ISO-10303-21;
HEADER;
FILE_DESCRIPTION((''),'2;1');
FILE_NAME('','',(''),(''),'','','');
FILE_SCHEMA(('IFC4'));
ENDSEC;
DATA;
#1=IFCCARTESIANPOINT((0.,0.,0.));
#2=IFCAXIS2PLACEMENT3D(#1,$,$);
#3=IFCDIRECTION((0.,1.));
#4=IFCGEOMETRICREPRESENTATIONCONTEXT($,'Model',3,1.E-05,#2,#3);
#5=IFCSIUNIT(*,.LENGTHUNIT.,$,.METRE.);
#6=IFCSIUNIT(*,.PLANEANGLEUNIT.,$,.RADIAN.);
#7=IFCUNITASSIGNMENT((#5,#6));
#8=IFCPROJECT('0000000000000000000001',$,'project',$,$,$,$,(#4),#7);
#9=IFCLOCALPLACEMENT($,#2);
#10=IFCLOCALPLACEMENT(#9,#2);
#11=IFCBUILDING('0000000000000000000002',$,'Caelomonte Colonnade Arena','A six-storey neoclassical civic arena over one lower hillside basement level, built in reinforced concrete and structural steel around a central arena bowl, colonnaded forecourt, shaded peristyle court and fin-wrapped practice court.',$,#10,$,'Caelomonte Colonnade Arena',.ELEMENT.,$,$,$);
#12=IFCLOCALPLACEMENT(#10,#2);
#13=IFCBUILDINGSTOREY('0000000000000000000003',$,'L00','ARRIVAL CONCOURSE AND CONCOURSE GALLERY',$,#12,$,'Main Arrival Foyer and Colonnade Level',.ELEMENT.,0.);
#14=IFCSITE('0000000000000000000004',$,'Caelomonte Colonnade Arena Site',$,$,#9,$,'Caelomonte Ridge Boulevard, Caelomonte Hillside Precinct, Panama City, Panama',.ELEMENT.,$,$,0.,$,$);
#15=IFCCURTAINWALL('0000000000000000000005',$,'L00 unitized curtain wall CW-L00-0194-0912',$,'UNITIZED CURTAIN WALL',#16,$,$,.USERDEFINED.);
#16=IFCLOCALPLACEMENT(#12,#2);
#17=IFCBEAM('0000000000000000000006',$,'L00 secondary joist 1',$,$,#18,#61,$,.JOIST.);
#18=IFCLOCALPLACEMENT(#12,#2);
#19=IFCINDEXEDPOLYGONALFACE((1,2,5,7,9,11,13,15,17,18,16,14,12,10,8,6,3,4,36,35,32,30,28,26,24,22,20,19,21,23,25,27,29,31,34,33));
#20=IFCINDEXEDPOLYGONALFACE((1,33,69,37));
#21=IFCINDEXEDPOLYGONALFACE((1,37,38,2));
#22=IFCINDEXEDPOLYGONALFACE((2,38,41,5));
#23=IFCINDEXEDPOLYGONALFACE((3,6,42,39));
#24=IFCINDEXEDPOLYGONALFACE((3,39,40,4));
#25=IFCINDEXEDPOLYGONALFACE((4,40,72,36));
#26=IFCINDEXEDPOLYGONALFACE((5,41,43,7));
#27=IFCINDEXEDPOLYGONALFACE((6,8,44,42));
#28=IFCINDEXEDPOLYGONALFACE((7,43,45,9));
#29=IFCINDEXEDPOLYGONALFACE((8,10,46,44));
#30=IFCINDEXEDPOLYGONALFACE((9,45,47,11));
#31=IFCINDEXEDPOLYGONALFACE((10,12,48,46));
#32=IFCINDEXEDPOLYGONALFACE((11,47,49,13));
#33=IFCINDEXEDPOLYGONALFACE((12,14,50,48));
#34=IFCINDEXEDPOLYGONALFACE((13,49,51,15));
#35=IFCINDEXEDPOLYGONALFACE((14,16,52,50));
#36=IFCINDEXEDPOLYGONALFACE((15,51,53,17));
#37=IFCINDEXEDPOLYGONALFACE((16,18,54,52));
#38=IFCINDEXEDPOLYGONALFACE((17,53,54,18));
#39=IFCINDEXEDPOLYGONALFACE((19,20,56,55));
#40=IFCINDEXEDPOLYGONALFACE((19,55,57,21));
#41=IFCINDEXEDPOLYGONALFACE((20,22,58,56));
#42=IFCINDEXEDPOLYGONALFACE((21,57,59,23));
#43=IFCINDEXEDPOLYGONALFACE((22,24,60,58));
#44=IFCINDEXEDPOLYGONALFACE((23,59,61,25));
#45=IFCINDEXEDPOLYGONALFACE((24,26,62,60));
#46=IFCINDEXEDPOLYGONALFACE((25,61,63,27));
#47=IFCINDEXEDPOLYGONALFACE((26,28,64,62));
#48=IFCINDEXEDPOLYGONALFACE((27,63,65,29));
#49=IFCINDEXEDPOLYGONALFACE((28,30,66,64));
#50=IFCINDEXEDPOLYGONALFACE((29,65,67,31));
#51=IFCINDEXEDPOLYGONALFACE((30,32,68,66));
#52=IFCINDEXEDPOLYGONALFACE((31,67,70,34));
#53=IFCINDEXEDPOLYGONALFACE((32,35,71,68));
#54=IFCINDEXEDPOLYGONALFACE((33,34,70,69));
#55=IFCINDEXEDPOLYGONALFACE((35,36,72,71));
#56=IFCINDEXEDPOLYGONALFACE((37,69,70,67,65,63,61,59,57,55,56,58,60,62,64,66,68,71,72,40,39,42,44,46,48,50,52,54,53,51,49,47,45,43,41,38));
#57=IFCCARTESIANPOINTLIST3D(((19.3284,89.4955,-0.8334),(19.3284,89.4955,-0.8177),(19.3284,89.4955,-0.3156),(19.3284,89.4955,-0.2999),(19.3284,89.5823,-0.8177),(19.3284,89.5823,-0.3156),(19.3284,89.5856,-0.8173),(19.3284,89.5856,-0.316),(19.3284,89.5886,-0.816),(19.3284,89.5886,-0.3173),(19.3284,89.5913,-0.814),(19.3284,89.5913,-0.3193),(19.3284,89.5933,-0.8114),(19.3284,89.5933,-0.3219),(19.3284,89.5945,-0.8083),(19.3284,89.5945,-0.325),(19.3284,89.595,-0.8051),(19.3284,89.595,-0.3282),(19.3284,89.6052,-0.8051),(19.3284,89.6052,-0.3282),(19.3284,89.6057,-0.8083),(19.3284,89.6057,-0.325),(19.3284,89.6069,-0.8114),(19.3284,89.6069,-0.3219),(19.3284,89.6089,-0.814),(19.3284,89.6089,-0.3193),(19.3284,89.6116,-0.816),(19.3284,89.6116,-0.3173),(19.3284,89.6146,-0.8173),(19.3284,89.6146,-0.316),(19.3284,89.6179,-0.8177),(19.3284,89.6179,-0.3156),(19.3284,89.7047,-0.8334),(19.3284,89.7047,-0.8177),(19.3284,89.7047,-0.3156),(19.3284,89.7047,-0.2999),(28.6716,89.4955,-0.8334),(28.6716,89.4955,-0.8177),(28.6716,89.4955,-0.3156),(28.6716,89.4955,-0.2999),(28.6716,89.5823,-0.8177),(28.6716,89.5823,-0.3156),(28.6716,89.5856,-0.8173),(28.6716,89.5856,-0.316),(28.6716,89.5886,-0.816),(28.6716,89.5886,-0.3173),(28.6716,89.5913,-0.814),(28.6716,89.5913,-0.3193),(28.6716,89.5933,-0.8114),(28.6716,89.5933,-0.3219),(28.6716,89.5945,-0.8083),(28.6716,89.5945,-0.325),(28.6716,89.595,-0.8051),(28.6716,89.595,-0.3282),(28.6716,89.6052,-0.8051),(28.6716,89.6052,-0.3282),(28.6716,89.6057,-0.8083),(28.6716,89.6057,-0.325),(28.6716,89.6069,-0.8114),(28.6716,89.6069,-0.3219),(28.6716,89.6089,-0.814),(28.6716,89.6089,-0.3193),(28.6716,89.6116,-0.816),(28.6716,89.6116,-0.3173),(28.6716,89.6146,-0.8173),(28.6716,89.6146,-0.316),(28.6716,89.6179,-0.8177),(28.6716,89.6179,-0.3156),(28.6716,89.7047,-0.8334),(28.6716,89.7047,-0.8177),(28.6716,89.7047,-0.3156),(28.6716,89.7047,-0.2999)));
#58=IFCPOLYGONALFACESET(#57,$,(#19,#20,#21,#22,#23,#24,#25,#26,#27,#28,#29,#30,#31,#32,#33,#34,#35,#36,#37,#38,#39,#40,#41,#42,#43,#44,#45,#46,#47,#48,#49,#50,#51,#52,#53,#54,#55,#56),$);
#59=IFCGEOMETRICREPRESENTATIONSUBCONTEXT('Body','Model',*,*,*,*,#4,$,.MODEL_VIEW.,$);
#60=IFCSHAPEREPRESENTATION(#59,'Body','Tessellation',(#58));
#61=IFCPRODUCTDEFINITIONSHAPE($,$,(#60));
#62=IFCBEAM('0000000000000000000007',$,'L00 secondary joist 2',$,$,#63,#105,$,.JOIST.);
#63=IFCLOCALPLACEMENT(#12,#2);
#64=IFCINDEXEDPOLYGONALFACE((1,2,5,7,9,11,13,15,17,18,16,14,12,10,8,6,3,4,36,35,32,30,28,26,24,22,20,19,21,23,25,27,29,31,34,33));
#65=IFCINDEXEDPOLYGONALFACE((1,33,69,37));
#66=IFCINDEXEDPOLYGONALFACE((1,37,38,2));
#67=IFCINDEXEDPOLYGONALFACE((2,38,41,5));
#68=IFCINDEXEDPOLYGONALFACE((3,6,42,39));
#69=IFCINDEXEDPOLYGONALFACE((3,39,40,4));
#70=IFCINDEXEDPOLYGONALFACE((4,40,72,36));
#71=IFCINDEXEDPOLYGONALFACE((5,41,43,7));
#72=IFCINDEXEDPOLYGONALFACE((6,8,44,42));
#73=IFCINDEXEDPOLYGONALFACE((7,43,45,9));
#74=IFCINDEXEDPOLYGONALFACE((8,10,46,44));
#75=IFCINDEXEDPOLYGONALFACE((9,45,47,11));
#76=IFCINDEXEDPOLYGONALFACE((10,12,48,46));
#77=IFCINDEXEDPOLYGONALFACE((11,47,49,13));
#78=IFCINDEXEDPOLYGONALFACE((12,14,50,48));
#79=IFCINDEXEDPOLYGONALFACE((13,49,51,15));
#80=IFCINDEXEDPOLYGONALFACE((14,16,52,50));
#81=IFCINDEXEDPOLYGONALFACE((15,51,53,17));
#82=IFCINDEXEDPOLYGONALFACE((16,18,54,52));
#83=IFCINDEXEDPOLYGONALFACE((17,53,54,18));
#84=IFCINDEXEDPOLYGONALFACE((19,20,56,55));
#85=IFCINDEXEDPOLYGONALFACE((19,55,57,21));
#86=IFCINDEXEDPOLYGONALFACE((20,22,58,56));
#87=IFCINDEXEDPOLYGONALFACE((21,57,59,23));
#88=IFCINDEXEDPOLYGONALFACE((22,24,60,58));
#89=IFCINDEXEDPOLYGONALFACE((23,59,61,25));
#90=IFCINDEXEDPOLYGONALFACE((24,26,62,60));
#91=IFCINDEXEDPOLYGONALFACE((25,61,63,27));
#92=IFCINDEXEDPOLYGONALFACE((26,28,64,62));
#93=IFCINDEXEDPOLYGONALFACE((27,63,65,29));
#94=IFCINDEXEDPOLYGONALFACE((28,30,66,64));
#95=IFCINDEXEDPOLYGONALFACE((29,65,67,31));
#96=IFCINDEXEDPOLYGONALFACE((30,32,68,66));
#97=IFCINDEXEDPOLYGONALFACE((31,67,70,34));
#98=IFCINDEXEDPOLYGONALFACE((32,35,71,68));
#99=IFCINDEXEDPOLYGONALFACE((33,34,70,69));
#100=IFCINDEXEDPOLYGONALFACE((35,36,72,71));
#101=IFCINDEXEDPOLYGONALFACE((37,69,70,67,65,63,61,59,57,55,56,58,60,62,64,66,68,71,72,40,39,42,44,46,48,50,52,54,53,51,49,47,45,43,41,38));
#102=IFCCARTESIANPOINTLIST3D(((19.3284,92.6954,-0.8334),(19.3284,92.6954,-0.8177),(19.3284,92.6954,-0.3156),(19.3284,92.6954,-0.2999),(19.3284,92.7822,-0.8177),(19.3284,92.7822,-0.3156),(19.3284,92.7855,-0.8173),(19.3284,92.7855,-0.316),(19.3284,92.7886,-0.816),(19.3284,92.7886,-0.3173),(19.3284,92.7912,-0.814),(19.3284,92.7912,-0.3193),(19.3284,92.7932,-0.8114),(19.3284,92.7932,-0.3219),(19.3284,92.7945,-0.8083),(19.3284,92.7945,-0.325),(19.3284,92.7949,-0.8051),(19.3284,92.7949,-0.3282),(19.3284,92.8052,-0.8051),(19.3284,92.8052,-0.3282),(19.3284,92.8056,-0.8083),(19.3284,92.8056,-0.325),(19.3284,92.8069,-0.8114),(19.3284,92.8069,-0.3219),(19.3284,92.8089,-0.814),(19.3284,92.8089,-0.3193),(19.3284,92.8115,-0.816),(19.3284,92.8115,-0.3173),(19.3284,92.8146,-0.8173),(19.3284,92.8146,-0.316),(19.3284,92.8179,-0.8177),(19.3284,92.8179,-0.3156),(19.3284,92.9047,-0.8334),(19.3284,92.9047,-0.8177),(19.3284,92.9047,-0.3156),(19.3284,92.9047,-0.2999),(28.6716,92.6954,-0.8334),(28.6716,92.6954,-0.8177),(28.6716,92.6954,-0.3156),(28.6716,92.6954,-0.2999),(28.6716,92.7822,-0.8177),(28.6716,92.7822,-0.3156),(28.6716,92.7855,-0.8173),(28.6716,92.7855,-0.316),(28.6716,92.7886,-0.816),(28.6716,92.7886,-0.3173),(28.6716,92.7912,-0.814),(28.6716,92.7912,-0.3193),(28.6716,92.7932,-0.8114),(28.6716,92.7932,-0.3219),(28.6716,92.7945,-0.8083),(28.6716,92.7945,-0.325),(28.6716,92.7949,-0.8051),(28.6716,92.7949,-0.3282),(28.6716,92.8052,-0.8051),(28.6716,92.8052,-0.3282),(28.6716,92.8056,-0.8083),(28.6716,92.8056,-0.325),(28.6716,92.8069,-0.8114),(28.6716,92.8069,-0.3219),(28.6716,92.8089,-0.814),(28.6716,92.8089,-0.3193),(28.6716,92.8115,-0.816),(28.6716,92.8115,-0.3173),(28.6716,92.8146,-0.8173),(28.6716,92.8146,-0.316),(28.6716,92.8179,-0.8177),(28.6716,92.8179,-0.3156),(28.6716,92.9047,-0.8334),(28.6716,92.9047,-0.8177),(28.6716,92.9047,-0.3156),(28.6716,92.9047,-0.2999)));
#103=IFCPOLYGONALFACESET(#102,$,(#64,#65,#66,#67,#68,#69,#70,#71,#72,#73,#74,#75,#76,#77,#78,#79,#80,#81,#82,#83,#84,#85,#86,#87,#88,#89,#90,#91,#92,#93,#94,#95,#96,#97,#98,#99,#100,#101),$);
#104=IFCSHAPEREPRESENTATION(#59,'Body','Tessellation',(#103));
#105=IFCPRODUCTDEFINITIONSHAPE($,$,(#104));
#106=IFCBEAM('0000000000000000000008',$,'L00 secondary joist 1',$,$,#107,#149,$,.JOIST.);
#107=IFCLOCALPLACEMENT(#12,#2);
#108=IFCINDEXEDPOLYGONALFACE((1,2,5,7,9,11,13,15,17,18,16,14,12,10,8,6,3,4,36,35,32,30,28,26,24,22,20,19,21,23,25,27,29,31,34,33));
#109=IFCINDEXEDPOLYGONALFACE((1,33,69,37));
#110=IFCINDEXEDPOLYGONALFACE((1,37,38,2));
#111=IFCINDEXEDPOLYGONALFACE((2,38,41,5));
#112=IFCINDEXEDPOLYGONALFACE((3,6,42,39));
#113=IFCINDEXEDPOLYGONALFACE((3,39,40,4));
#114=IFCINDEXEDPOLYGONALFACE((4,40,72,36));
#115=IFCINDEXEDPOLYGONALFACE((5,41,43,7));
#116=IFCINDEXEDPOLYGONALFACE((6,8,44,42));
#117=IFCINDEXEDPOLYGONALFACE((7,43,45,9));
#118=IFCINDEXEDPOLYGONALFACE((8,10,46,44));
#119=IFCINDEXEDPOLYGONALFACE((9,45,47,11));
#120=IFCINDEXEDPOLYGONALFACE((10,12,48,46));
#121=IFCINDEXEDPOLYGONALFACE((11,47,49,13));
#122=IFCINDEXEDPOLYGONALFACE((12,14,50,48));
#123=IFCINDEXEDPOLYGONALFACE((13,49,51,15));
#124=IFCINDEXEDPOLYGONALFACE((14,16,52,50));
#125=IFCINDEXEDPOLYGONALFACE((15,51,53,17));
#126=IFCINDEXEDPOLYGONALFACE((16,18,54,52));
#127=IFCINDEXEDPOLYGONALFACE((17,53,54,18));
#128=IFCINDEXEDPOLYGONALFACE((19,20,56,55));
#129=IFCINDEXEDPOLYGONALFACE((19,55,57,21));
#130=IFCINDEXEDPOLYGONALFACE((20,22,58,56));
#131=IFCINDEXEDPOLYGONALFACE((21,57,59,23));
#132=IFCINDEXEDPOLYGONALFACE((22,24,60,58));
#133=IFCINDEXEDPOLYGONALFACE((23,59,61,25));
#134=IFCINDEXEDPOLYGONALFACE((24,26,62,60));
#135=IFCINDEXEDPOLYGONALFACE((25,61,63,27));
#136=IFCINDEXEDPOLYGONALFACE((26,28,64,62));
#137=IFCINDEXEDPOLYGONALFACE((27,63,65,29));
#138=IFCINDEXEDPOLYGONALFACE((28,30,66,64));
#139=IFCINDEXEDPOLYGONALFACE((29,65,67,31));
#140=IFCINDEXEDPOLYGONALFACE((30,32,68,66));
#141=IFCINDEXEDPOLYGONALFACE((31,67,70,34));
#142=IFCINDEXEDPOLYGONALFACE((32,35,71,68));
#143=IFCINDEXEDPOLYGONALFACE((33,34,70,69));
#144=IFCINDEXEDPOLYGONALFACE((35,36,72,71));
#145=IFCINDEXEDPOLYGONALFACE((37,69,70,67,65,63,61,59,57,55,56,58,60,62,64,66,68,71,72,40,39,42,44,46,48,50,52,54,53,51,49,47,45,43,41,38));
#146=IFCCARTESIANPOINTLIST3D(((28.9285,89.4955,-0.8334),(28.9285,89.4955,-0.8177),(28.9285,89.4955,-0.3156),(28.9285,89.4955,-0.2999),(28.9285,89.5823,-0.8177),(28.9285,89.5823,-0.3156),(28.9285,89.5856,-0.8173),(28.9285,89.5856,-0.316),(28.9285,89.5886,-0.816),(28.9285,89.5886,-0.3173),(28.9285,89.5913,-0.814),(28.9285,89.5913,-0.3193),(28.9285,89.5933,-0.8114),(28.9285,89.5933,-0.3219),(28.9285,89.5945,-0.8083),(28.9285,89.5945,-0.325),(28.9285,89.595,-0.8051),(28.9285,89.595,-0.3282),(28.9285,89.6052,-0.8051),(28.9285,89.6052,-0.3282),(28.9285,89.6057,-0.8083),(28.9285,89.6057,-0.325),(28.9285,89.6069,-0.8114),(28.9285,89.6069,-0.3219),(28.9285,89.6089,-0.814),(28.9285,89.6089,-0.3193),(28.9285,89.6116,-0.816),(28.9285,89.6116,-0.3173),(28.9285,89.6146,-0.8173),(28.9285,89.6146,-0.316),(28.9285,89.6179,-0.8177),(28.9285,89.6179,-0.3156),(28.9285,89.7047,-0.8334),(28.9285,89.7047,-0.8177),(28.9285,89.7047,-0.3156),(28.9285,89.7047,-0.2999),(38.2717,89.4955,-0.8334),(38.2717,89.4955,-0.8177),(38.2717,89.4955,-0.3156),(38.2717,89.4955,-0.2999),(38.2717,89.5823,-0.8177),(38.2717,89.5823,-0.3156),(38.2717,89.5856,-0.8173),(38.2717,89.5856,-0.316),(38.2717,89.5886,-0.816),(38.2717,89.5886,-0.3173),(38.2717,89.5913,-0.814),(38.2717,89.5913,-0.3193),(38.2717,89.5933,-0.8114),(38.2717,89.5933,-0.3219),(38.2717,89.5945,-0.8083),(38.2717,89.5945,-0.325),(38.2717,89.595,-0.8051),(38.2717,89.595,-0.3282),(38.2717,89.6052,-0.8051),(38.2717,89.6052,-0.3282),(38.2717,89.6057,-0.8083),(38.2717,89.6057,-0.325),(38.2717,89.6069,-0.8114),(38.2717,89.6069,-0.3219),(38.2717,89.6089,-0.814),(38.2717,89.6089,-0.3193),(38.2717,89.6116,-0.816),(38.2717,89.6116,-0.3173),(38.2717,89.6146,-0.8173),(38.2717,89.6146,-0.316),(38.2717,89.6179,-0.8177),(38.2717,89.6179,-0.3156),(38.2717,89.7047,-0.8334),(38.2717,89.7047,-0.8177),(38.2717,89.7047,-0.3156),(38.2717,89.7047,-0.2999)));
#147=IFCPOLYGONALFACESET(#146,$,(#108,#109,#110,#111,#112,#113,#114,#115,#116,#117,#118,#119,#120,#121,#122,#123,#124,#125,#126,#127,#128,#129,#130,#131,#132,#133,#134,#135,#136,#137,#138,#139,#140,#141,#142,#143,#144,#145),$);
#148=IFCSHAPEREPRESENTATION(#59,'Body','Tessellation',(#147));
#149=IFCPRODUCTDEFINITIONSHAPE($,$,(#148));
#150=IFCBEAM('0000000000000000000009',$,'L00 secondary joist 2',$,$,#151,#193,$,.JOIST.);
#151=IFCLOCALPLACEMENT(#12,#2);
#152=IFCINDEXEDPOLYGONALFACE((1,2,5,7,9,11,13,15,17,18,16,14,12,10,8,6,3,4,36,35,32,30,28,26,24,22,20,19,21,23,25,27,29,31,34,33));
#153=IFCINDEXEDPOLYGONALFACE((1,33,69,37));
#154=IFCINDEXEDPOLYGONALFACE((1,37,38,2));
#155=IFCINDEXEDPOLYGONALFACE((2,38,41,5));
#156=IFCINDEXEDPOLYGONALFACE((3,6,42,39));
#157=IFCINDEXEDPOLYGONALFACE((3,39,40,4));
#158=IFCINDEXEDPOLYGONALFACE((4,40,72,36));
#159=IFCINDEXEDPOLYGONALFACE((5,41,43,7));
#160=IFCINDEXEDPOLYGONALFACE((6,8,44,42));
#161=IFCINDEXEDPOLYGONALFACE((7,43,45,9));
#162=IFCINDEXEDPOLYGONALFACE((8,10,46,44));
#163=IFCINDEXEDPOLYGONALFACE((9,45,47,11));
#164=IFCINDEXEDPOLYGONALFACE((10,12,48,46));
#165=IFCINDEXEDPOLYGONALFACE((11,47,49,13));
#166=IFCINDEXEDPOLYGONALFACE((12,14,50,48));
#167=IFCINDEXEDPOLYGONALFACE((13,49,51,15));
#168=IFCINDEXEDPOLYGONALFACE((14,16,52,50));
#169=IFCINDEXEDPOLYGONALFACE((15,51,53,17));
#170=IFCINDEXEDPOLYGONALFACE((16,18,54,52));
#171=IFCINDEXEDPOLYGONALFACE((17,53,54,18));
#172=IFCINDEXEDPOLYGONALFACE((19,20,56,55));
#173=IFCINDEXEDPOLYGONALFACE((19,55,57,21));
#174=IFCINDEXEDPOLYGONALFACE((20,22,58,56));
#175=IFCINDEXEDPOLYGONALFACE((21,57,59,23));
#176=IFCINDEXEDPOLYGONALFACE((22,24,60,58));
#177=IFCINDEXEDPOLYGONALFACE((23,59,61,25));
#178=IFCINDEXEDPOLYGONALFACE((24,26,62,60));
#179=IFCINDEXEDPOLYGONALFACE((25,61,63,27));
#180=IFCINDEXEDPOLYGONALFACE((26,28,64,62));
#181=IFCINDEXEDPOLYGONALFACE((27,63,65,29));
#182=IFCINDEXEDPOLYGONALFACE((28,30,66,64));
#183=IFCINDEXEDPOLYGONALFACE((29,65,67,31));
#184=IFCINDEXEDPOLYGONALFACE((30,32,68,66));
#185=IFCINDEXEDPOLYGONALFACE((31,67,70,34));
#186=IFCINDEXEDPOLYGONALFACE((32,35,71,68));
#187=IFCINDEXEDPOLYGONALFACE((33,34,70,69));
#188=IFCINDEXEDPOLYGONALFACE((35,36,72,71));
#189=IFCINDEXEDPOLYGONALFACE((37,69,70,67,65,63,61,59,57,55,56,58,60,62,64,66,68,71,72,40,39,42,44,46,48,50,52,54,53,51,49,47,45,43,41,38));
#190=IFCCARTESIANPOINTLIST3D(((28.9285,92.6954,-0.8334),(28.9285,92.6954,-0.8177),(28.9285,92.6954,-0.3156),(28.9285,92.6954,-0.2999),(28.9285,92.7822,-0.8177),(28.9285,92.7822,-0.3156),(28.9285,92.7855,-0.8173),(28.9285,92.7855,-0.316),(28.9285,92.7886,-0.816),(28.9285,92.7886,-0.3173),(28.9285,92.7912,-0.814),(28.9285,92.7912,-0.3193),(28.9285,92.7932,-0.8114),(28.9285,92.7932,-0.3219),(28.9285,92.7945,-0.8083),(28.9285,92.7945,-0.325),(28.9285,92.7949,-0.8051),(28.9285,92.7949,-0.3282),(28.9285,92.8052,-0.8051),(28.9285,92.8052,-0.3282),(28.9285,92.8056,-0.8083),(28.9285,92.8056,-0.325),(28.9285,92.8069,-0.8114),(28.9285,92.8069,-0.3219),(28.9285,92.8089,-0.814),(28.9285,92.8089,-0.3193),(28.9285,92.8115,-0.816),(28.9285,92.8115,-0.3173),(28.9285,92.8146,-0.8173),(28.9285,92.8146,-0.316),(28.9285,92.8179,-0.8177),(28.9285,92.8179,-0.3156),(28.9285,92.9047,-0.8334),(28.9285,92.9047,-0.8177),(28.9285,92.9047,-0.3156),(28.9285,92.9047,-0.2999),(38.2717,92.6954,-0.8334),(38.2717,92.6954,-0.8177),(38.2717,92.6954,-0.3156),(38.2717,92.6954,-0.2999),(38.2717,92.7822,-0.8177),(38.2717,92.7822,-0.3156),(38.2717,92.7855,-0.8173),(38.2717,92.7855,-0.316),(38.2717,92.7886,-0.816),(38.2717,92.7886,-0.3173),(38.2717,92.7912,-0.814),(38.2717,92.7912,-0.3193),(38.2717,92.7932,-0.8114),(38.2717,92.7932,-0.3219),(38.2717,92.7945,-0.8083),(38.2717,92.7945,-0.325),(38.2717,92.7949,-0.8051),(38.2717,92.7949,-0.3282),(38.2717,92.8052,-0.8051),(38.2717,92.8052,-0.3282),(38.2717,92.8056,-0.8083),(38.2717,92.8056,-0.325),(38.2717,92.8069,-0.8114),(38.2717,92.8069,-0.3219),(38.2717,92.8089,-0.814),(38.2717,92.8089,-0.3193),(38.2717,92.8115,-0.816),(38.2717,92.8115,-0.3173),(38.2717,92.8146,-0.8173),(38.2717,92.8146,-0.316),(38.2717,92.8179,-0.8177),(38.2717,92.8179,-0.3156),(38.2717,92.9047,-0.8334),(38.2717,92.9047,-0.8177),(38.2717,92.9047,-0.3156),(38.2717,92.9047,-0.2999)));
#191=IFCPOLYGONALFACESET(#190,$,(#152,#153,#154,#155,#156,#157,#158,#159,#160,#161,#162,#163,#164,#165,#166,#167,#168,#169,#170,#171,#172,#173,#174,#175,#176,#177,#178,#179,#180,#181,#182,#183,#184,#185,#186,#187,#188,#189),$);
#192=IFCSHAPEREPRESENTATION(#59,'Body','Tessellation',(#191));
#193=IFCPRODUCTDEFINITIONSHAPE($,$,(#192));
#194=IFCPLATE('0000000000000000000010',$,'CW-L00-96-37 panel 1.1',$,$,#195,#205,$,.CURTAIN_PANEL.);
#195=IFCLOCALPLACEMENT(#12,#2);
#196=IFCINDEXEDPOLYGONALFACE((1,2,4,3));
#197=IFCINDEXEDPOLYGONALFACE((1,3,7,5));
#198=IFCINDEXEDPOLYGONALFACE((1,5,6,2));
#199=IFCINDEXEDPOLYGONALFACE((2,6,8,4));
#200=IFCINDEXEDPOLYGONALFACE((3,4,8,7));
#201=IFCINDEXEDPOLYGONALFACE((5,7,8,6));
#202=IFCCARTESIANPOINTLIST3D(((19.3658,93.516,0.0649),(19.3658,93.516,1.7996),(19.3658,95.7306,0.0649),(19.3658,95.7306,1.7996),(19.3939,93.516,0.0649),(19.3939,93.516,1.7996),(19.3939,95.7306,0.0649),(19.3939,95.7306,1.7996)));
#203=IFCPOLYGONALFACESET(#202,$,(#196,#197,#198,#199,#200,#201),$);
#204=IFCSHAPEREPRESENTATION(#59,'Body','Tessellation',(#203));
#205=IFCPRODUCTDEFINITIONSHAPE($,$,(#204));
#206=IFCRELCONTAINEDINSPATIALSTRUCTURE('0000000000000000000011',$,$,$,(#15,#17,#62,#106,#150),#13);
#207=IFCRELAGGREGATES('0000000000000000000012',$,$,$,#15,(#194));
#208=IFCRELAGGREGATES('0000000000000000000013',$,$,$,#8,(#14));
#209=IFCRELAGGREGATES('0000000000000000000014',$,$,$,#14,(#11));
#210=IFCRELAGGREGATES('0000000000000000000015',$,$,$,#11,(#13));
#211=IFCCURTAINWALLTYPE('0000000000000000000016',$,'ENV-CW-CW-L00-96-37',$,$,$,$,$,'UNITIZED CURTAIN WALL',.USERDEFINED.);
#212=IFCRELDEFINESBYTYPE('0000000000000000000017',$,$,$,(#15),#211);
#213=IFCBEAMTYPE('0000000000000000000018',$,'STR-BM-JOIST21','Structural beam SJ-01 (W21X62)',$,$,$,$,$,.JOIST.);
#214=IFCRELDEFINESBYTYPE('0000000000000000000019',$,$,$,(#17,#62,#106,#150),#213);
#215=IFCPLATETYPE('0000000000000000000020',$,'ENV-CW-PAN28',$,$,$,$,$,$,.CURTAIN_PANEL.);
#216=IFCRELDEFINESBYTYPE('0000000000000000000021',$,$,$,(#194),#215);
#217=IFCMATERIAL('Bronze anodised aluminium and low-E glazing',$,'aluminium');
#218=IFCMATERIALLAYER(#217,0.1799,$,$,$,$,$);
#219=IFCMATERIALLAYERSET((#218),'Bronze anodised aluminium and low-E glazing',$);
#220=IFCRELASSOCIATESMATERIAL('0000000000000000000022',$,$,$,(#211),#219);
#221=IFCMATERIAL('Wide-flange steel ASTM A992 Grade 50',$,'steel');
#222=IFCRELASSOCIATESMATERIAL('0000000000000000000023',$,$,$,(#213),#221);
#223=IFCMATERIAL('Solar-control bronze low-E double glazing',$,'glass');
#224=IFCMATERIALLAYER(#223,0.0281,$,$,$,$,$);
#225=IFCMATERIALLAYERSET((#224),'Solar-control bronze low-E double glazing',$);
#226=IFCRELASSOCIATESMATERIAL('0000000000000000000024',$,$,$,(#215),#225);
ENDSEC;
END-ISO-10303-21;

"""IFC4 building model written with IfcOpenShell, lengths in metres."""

from ifc_helpers import new_model, si_unit, direction, frame, origin, origin_2d, place, context, subcontext, project, spatial, rectangle, i_section, extrude, material, layer, layer_set, material_profile, profile_set, type_object, element, aggregate, save


model = new_model("IFC4")

# Units and contexts
model_context = context("Model", 3, precision=1e-05, world=origin(), true_north=direction((0.0, 1.0)))
body_context = subcontext(model_context, "Body", "Model", "MODEL_VIEW")
ifc_project = project(units=[si_unit("LENGTHUNIT", "METRE"), si_unit("PLANEANGLEUNIT", "RADIAN")], contexts=[model_context])

# Site, building, storey
site_placement = place(None, origin())
site = spatial("IfcSite", under=ifc_project, at=site_placement, Name="Caelomonte Colonnade Arena Site", LongName="Caelomonte Ridge Boulevard, Caelomonte Hillside Precinct, Panama City, Panama", CompositionType="ELEMENT", RefElevation=0.0)
building_placement = place(site_placement, origin())
building = spatial("IfcBuilding", under=site, at=building_placement, Name="Caelomonte Colonnade Arena", Description="A six-storey neoclassical civic arena over one lower hillside basement level, built in reinforced concrete and structural steel around a central arena bowl, colonnaded forecourt, shaded peristyle court and fin-wrapped practice court.", LongName="Caelomonte Colonnade Arena", CompositionType="ELEMENT")
storey_placement = place(building_placement, origin())
storey = spatial("IfcBuildingStorey", under=building, at=storey_placement, Name="L00", Description="ARRIVAL CONCOURSE AND CONCOURSE GALLERY", LongName="Main Arrival Foyer and Colonnade Level", CompositionType="ELEMENT", Elevation=0.0)

# Curtain wall
ifc_material_1 = material(Name="Bronze anodised aluminium and low-E glazing", Category="aluminium")
ifc_layer_1 = layer(ifc_material_1, 0.1799)
ifc_layer_set_1 = layer_set([ifc_layer_1], Name="Bronze anodised aluminium and low-E glazing")
curtain_wall_type = type_object("IfcCurtainWallType", Name="ENV-CW-CW-L00-96-37", ElementType="UNITIZED CURTAIN WALL", PredefinedType="USERDEFINED", material=ifc_layer_set_1)
curtain_wall_placement = place(storey_placement, origin())
curtain_wall = element("IfcCurtainWall", 1, at=curtain_wall_placement, inside=storey, type_object=curtain_wall_type, Name="L00 unitized curtain wall CW-L00-0194-0912", ObjectType="UNITIZED CURTAIN WALL", PredefinedType="USERDEFINED")

# Beams
ifc_material_2 = material(Name="Wide-flange steel ASTM A992 Grade 50", Category="steel")
ifc_material_profile_1 = material_profile(ifc_material_2, i_section(OverallWidth=0.2092, OverallDepth=0.5334, WebThickness=0.0103, FlangeThickness=0.0156, FilletRadius=0.0127, at=origin_2d()), Name="W21X62")
ifc_profile_set_1 = profile_set([ifc_material_profile_1], Name="Wide-flange steel ASTM A992 Grade 50")
beam_type = type_object("IfcBeamType", Name="STR-BM-JOIST21", Description="Structural beam SJ-01 (W21X62)", PredefinedType="JOIST", material=ifc_profile_set_1)
for number, where, z_axis, x_axis, name in (
    (2, (19.3284, 89.6001, -0.5667), (1.0, 0.0, 0.0), (0.0, 1.0, 0.0), "L00 secondary joist 1"),
    (3, (19.3284, 92.8, -0.5667), (1.0, 0.0, 0.0), (0.0, 1.0, 0.0), "L00 secondary joist 2"),
    (4, (28.9285, 89.6001, -0.5667), (1.0, 0.0, 0.0), (0.0, 1.0, 0.0), "L00 secondary joist 1"),
    (5, (28.9285, 92.8, -0.5667), (1.0, 0.0, 0.0), (0.0, 1.0, 0.0), "L00 secondary joist 2"),
):
    element("IfcBeam", number, at=place(storey_placement, frame(where, z_axis=z_axis, x_axis=x_axis)), inside=storey, type_object=beam_type, Name=name, PredefinedType="JOIST", context=body_context, shape_type="SweptSolid", body=[
        extrude(i_section(OverallWidth=0.2092, OverallDepth=0.5334, WebThickness=0.0103, FlangeThickness=0.0156, FilletRadius=0.0127, at=origin_2d()), origin(), (0.0, 0.0, 1.0), 9.3433),
    ])

# Plate
ifc_material_3 = material(Name="Solar-control bronze low-E double glazing", Category="glass")
ifc_layer_2 = layer(ifc_material_3, 0.0281)
ifc_layer_set_2 = layer_set([ifc_layer_2], Name="Solar-control bronze low-E double glazing")
plate_type = type_object("IfcPlateType", Name="ENV-CW-PAN28", PredefinedType="CURTAIN_PANEL", material=ifc_layer_set_2)
plate_1_placement = place(storey_placement, frame((19.3799, 94.6233, 0.0649), z_axis=(0.0, 0.0, 1.0), x_axis=(0.0, -1.0, 0.0)))
plate_1 = element("IfcPlate", 6, at=plate_1_placement, type_object=plate_type, Name="CW-L00-96-37 panel 1.1", PredefinedType="CURTAIN_PANEL", context=body_context, shape_type="SweptSolid", body=[
    extrude(rectangle(XDim=2.2146, YDim=0.0281, at=origin_2d()), origin(), (0.0, 0.0, 1.0), 1.7346),
])
aggregate(curtain_wall, [plate_1])

save(model, "model.ifc")
